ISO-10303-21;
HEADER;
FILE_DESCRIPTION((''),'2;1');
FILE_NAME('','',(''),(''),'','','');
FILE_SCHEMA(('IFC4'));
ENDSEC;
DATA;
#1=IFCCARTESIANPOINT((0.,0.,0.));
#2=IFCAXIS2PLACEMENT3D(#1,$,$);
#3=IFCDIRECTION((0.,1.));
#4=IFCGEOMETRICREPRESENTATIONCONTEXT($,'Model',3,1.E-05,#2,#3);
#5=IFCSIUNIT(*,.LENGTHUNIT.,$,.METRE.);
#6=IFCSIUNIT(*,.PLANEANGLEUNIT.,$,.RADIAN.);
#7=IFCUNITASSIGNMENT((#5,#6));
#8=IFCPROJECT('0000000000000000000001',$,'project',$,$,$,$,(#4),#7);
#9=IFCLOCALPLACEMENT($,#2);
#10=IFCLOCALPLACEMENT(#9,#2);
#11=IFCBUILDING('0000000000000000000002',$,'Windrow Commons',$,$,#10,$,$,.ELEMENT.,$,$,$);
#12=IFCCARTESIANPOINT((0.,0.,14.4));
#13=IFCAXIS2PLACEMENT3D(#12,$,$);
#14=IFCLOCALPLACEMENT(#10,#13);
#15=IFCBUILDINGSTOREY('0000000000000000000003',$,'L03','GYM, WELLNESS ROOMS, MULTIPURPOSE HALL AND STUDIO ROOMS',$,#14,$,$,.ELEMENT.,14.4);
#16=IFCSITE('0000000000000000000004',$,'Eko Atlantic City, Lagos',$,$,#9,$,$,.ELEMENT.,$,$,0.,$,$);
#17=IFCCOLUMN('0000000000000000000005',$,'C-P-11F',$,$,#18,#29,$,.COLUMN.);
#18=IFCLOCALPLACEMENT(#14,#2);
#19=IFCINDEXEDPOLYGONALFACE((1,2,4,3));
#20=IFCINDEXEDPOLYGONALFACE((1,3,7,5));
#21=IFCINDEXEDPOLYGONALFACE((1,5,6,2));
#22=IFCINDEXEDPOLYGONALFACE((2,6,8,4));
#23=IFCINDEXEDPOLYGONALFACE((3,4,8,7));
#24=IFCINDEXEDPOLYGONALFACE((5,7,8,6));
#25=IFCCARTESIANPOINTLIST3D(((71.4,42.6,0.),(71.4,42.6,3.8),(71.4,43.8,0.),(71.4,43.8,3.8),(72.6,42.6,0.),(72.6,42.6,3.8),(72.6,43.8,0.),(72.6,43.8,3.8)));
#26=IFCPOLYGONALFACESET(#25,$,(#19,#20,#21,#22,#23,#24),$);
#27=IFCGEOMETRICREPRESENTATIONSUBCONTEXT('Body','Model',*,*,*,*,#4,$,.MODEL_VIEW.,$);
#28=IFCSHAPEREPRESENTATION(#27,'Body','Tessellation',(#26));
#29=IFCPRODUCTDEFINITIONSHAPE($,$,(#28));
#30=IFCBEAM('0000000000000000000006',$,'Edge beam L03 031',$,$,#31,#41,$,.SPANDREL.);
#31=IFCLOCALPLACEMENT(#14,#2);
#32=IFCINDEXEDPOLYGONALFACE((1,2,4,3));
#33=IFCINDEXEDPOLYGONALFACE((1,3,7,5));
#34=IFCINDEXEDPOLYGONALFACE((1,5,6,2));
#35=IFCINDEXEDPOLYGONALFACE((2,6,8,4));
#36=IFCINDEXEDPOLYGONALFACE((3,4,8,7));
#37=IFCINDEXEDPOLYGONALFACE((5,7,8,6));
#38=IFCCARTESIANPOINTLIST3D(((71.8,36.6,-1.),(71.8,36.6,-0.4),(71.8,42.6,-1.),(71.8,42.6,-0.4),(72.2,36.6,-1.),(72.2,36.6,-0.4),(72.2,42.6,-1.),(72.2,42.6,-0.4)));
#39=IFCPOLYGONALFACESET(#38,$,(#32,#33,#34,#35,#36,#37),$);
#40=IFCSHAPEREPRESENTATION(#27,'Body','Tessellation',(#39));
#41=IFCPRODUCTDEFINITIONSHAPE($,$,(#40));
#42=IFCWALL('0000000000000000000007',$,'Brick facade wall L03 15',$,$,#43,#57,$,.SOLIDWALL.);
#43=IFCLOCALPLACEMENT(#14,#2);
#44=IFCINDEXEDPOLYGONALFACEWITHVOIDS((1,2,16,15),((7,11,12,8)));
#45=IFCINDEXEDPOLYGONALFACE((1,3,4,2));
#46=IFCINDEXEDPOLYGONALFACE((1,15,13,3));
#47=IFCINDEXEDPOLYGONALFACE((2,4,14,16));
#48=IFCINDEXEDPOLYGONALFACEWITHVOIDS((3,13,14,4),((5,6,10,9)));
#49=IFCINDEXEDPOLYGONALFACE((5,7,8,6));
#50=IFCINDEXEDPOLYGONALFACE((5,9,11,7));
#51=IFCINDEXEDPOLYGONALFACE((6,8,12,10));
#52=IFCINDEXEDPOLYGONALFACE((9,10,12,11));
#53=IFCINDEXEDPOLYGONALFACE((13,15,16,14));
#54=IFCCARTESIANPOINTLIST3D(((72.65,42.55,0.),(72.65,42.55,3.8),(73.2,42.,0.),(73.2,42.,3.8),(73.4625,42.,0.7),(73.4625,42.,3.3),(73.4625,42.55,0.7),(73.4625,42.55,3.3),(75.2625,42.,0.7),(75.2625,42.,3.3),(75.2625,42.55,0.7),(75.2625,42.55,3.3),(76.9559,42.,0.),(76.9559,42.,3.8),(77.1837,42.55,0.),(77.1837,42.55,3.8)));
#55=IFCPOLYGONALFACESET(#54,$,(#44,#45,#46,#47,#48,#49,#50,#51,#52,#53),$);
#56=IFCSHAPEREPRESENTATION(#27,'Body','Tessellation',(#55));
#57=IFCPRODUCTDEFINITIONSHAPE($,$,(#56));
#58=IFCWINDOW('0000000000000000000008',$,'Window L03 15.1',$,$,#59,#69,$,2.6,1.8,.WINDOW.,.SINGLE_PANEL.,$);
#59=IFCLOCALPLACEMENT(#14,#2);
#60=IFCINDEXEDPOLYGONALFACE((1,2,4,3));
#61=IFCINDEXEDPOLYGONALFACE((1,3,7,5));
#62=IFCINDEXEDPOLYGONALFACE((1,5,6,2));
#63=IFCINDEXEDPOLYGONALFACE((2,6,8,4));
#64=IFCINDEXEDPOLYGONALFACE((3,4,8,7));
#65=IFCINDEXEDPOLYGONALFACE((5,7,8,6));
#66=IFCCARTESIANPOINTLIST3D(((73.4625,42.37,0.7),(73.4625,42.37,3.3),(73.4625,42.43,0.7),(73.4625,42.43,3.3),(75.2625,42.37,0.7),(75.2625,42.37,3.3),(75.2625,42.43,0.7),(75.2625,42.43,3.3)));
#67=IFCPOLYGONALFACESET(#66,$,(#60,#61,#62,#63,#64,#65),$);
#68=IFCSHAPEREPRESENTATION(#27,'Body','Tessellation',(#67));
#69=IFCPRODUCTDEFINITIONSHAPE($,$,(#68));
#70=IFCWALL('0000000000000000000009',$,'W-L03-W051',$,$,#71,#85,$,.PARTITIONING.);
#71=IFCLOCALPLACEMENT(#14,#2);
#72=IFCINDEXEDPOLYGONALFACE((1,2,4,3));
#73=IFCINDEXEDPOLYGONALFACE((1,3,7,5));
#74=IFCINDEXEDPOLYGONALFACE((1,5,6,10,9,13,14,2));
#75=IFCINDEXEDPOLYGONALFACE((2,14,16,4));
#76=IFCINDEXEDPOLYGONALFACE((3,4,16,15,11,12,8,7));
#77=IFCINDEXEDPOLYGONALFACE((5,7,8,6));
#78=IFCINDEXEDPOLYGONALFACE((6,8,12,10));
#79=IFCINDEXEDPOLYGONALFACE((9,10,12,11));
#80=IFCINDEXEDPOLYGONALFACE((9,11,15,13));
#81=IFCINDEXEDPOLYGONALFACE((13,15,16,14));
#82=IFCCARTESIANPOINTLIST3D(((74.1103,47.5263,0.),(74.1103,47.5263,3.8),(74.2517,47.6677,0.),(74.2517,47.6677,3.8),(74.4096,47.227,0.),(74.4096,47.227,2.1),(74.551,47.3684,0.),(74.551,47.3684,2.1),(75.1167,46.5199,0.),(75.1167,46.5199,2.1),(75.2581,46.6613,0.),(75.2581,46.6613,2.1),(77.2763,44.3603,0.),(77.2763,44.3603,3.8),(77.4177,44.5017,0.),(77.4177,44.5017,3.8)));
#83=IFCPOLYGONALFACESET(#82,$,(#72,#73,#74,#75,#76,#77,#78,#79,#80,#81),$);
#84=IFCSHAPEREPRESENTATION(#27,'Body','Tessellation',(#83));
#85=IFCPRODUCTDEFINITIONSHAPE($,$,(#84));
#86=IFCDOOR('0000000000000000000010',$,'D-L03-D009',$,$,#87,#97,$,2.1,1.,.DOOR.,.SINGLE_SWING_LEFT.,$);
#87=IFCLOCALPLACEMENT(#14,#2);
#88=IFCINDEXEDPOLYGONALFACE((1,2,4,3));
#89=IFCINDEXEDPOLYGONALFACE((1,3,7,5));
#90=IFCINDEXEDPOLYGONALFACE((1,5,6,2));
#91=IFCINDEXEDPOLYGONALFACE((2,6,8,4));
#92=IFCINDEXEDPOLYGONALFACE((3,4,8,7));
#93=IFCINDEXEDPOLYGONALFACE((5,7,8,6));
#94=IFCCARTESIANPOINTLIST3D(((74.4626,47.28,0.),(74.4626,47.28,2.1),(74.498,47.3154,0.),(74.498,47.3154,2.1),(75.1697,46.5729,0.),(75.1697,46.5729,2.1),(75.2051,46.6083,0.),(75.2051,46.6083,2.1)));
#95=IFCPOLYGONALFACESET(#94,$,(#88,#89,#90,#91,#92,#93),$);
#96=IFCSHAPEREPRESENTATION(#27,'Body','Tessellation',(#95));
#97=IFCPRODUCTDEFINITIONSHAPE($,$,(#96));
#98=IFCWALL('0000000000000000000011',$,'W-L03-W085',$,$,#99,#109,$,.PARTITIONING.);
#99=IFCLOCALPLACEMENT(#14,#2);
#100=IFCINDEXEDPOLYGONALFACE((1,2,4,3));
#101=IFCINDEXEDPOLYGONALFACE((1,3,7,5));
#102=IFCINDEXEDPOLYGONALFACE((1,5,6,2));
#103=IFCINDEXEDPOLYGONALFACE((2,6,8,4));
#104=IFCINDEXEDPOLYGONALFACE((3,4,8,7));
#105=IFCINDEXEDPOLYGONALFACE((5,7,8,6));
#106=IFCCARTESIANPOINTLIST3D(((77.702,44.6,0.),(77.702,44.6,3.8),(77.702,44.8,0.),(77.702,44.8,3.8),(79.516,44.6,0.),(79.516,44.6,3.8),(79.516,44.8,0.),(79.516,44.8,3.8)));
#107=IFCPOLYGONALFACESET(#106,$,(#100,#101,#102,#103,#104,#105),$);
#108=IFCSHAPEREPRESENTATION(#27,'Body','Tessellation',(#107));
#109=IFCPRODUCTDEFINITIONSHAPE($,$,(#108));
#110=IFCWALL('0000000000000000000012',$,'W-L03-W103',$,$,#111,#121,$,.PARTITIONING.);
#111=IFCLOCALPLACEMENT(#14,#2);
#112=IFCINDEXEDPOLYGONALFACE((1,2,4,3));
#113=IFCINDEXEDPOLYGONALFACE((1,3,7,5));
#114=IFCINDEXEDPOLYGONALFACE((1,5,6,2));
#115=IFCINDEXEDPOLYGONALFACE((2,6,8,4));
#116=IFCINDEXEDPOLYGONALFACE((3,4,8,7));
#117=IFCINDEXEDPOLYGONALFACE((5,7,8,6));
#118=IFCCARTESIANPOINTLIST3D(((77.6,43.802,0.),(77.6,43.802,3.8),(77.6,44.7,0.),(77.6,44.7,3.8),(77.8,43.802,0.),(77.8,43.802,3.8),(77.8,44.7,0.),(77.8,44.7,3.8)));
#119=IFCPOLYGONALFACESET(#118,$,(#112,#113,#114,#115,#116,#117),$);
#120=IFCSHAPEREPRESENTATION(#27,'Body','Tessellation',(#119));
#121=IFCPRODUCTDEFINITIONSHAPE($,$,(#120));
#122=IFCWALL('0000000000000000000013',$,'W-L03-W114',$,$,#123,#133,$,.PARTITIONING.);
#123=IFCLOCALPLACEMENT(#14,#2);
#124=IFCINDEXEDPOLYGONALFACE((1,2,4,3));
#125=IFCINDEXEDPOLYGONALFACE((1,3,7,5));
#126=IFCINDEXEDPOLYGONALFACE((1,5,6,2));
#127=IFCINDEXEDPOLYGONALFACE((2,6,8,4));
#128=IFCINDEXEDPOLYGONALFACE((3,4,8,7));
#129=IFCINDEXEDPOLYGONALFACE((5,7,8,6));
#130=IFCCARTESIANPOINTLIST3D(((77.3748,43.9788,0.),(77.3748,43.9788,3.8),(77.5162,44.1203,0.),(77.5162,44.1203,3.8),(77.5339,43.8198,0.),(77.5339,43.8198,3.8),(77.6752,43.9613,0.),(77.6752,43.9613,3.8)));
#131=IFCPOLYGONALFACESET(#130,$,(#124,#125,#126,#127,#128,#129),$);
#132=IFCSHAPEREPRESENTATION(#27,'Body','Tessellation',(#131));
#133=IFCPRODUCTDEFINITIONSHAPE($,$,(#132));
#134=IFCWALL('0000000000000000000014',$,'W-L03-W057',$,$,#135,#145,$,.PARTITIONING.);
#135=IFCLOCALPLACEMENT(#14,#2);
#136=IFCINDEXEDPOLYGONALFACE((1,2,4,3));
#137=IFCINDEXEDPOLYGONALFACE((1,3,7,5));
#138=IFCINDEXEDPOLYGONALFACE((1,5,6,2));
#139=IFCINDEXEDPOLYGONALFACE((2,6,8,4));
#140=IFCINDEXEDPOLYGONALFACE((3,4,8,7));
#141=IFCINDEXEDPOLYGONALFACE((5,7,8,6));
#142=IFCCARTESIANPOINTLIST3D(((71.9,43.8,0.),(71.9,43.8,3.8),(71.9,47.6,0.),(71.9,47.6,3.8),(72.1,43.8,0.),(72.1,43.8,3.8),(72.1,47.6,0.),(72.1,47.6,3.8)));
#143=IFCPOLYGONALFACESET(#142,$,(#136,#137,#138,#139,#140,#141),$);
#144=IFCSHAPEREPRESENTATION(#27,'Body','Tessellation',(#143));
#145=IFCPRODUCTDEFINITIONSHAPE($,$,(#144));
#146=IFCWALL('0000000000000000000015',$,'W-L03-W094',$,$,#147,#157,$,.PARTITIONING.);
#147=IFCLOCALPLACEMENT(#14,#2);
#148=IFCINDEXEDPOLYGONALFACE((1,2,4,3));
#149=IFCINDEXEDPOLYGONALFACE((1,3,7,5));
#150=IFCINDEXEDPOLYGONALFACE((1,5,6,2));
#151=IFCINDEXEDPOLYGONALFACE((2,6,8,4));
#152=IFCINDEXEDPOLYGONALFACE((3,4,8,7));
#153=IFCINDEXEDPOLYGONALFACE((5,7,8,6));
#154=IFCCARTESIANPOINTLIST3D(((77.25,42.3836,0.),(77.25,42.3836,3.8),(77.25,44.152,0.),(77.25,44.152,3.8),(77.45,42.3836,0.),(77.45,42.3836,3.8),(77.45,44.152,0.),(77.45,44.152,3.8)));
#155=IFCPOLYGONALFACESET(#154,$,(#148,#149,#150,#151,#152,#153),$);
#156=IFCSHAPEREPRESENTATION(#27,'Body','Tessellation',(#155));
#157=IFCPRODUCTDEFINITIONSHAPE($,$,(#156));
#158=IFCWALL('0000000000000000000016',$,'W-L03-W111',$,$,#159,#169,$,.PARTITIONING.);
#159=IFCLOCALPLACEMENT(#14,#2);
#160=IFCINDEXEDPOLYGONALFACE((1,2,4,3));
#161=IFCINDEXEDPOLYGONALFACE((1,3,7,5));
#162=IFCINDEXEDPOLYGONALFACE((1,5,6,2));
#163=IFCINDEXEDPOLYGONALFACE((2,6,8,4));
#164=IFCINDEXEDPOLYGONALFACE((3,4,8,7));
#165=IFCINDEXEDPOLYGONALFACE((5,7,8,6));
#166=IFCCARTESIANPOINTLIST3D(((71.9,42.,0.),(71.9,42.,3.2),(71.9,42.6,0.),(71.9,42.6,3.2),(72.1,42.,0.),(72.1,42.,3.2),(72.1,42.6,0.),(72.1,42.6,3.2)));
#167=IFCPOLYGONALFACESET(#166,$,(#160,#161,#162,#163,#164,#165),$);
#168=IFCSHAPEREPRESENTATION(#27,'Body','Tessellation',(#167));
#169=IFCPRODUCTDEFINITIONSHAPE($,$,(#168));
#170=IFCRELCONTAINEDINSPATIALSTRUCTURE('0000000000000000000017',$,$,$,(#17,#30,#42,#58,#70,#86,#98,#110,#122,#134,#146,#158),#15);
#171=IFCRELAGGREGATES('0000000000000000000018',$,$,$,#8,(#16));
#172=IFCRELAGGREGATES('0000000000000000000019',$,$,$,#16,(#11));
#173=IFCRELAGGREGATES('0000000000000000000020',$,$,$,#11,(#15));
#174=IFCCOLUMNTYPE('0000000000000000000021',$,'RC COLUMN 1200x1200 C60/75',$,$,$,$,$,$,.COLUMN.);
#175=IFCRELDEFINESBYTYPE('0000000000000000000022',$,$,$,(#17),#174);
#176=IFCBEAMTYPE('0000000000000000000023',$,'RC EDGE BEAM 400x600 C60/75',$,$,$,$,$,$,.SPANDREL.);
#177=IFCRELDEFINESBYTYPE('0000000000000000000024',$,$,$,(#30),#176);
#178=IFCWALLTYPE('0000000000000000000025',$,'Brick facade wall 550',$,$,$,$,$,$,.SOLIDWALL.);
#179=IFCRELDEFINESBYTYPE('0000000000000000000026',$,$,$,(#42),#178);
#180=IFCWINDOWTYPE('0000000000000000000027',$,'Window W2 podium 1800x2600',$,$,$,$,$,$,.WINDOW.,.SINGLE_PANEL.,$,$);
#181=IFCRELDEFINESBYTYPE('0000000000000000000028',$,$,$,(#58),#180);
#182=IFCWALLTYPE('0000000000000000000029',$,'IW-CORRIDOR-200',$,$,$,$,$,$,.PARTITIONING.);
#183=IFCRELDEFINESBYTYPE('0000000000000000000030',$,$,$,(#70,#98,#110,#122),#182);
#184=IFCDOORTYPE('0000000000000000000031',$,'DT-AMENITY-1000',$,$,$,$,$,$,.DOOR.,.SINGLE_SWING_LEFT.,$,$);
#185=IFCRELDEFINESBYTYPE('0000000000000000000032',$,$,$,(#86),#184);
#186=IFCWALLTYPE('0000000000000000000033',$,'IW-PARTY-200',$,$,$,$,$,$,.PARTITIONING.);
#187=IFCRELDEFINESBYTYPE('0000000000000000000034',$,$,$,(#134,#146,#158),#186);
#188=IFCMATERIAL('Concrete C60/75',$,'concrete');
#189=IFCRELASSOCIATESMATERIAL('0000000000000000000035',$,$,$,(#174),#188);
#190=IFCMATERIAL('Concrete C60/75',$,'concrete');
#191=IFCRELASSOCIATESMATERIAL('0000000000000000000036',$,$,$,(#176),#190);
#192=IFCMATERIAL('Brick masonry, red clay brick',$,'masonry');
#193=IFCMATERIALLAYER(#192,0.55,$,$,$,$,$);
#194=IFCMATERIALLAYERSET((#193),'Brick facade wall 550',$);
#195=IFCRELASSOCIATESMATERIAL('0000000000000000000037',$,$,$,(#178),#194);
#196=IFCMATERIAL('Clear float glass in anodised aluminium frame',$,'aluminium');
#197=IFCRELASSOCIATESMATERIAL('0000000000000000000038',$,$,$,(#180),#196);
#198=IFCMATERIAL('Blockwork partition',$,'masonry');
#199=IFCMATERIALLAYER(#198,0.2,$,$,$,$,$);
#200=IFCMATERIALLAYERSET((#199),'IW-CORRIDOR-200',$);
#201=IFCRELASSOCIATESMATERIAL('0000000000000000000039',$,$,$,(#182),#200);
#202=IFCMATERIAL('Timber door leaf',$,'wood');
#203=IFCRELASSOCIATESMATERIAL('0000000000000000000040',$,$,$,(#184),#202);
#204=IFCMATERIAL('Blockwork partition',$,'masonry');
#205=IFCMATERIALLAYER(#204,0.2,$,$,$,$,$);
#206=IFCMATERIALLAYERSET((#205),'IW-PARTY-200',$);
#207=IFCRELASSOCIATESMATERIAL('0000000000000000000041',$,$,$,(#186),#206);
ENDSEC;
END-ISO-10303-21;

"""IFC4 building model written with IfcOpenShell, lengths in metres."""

from ifc_helpers import new_model, si_unit, direction, frame, frame_2d, origin, origin_2d, place, context, subcontext, project, spatial, polyline, rectangle, outline, extrude, material, layer, layer_set, material_profile, profile_set, type_object, element, fill, save


model = new_model("IFC4")

# Units and contexts
model_context = context("Model", 3, precision=1e-05, world=origin(), true_north=direction((0.0, 1.0)))
body_context = subcontext(model_context, "Body", "Model", "MODEL_VIEW")
ifc_project = project(units=[si_unit("LENGTHUNIT", "METRE"), si_unit("PLANEANGLEUNIT", "RADIAN")], contexts=[model_context])

# Site, building, storey
site_placement = place(None, origin())
site = spatial("IfcSite", under=ifc_project, at=site_placement, Name="Eko Atlantic City, Lagos", CompositionType="ELEMENT", RefElevation=0.0)
building_placement = place(site_placement, origin())
building = spatial("IfcBuilding", under=site, at=building_placement, Name="Windrow Commons", CompositionType="ELEMENT")
storey_placement = place(building_placement, frame((0.0, 0.0, 14.4)))
storey = spatial("IfcBuildingStorey", under=building, at=storey_placement, Name="L03", Description="GYM, WELLNESS ROOMS, MULTIPURPOSE HALL AND STUDIO ROOMS", CompositionType="ELEMENT", Elevation=14.4)

# Column
ifc_material_1 = material(Name="Concrete C60/75", Category="concrete")
ifc_material_profile_1 = material_profile(ifc_material_1, rectangle(XDim=1.2, YDim=1.2, at=origin_2d()))
ifc_profile_set_1 = profile_set([ifc_material_profile_1], Name="Concrete C60/75")
column_type = type_object("IfcColumnType", Name="RC COLUMN 1200x1200 C60/75", PredefinedType="COLUMN", material=ifc_profile_set_1)
column_placement = place(storey_placement, frame((72.0, 43.2, 0.0), z_axis=(0.0, 0.0, 1.0), x_axis=(1.0, 0.0, 0.0)))
element("IfcColumn", 1, at=column_placement, inside=storey, type_object=column_type, Name="C-P-11F", PredefinedType="COLUMN", context=body_context, shape_type="SweptSolid", body=[
    extrude(rectangle(XDim=1.2, YDim=1.2, at=origin_2d()), origin(), (0.0, 0.0, 1.0), 3.8),
])

# Beam
ifc_material_2 = material(Name="Concrete C60/75", Category="concrete")
ifc_material_profile_2 = material_profile(ifc_material_2, rectangle(XDim=0.4, YDim=0.6, at=origin_2d()))
ifc_profile_set_2 = profile_set([ifc_material_profile_2], Name="Concrete C60/75")
beam_type = type_object("IfcBeamType", Name="RC EDGE BEAM 400x600 C60/75", PredefinedType="SPANDREL", material=ifc_profile_set_2)
beam_placement = place(storey_placement, frame((72.0, 42.6, -0.7), z_axis=(0.0, -1.0, 0.0), x_axis=(1.0, 0.0, 0.0)))
element("IfcBeam", 2, at=beam_placement, inside=storey, type_object=beam_type, Name="Edge beam L03 031", PredefinedType="SPANDREL", context=body_context, shape_type="SweptSolid", body=[
    extrude(rectangle(XDim=0.4, YDim=0.6, at=origin_2d()), origin(), (0.0, 0.0, 1.0), 6.0),
])

# Wall, opening, window
ifc_material_3 = material(Name="Brick masonry, red clay brick", Category="masonry")
ifc_layer_1 = layer(ifc_material_3, 0.55)
ifc_layer_set_1 = layer_set([ifc_layer_1], Name="Brick facade wall 550")
wall_type_1 = type_object("IfcWallType", Name="Brick facade wall 550", PredefinedType="SOLIDWALL", material=ifc_layer_set_1)
wall_1_placement = place(storey_placement, frame((72.925, 42.275, 0.0), z_axis=(0.0, 0.0, 1.0), x_axis=(1.0, 0.0, 0.0)))
wall_1 = element("IfcWall", 3, at=wall_1_placement, inside=storey, type_object=wall_type_1, Name="Brick facade wall L03 15", PredefinedType="SOLIDWALL", context=body_context, shape_type="SweptSolid", body=[
    extrude(outline(polyline([(0.275, -0.275), (4.0309, -0.275), (4.2587, 0.275), (-0.275, 0.275), (0.275, -0.275)])), origin(), (0.0, 0.0, 1.0), 3.8),
])
opening_1_placement = place(wall_1_placement, frame((0.5375, 0.0, 0.7)))
opening_1 = element("IfcOpeningElement", 4, at=opening_1_placement, cuts=wall_1, PredefinedType="OPENING", context=body_context, shape_type="SweptSolid", body=[
    extrude(rectangle(XDim=1.8, YDim=2.6, at=frame_2d((0.9, 1.3))), frame((0.0, 0.285, 0.0), z_axis=(0.0, -1.0, 0.0), x_axis=(1.0, 0.0, 0.0)), (0.0, 0.0, 1.0), 0.57),
])
ifc_material_4 = material(Name="Clear float glass in anodised aluminium frame", Category="aluminium")
window_type = type_object("IfcWindowType", Name="Window W2 podium 1800x2600", PartitioningType="SINGLE_PANEL", PredefinedType="WINDOW", material=ifc_material_4)
window_1_placement = place(opening_1_placement, origin())
window_1 = element("IfcWindow", 5, at=window_1_placement, inside=storey, type_object=window_type, Name="Window L03 15.1", OverallHeight=2.6, OverallWidth=1.8, PartitioningType="SINGLE_PANEL", PredefinedType="WINDOW", context=body_context, shape_type="SweptSolid", body=[
    extrude(rectangle(XDim=1.8, YDim=2.6, at=frame_2d((0.9, 1.3))), frame((0.0, 0.155, 0.0), z_axis=(0.0, -1.0, 0.0), x_axis=(1.0, 0.0, 0.0)), (0.0, 0.0, 1.0), 0.06),
])
fill(opening_1, window_1)

# Wall, opening, door
ifc_material_5 = material(Name="Blockwork partition", Category="masonry")
ifc_layer_2 = layer(ifc_material_5, 0.2)
ifc_layer_set_2 = layer_set([ifc_layer_2], Name="IW-CORRIDOR-200")
wall_type_2 = type_object("IfcWallType", Name="IW-CORRIDOR-200", PredefinedType="PARTITIONING", material=ifc_layer_set_2)
wall_2_placement = place(storey_placement, frame((74.181, 47.597, 0.0), z_axis=(0.0, 0.0, 1.0), x_axis=(0.707107, -0.707107, 0.0)))
wall_2 = element("IfcWall", 6, at=wall_2_placement, inside=storey, type_object=wall_type_2, Name="W-L03-W051", PredefinedType="PARTITIONING", context=body_context, shape_type="SweptSolid", body=[
    extrude(rectangle(XDim=4.4774, YDim=0.2, at=frame_2d((2.2387, 0.0))), origin(), (0.0, 0.0, 1.0), 3.8),
])
opening_2_placement = place(wall_2_placement, frame((0.4233, 0.0, 0.0)))
opening_2 = element("IfcOpeningElement", 7, at=opening_2_placement, cuts=wall_2, PredefinedType="OPENING", context=body_context, shape_type="SweptSolid", body=[
    extrude(rectangle(XDim=1.0, YDim=2.1, at=frame_2d((0.5, 1.05))), frame((0.0, 0.11, 0.0), z_axis=(0.0, -1.0, 0.0), x_axis=(1.0, 0.0, 0.0)), (0.0, 0.0, 1.0), 0.22),
])
ifc_material_6 = material(Name="Timber door leaf", Category="wood")
door_type = type_object("IfcDoorType", Name="DT-AMENITY-1000", OperationType="SINGLE_SWING_LEFT", PredefinedType="DOOR", material=ifc_material_6)
door_placement = place(opening_2_placement, origin())
door = element("IfcDoor", 8, at=door_placement, inside=storey, type_object=door_type, Name="D-L03-D009", OperationType="SINGLE_SWING_LEFT", OverallHeight=2.1, OverallWidth=1.0, PredefinedType="DOOR", context=body_context, shape_type="SweptSolid", body=[
    extrude(rectangle(XDim=1.0, YDim=2.1, at=frame_2d((0.5, 1.05))), frame((0.0, 0.025, 0.0), z_axis=(0.0, -1.0, 0.0), x_axis=(1.0, 0.0, 0.0)), (0.0, 0.0, 1.0), 0.05),
])
fill(opening_2, door)

# Walls
wall_3_placement = place(storey_placement, frame((77.702, 44.7, 0.0), z_axis=(0.0, 0.0, 1.0), x_axis=(1.0, 0.0, 0.0)))
element("IfcWall", 9, at=wall_3_placement, inside=storey, type_object=wall_type_2, Name="W-L03-W085", PredefinedType="PARTITIONING", context=body_context, shape_type="SweptSolid", body=[
    extrude(rectangle(XDim=1.814, YDim=0.2, at=frame_2d((0.907, 0.0))), origin(), (0.0, 0.0, 1.0), 3.8),
])
wall_4_placement = place(storey_placement, frame((77.7, 43.802, 0.0), z_axis=(0.0, 0.0, 1.0), x_axis=(0.0, 1.0, 0.0)))
element("IfcWall", 10, at=wall_4_placement, inside=storey, type_object=wall_type_2, Name="W-L03-W103", PredefinedType="PARTITIONING", context=body_context, shape_type="SweptSolid", body=[
    extrude(rectangle(XDim=0.898, YDim=0.2, at=frame_2d((0.449, 0.0))), origin(), (0.0, 0.0, 1.0), 3.8),
])
wall_5_placement = place(storey_placement, frame((77.4455, 44.0495, 0.0), z_axis=(0.0, 0.0, 1.0), x_axis=(0.707329, -0.706884, 0.0)))
element("IfcWall", 11, at=wall_5_placement, inside=storey, type_object=wall_type_2, Name="W-L03-W114", PredefinedType="PARTITIONING", context=body_context, shape_type="SweptSolid", body=[
    extrude(rectangle(XDim=0.2249, YDim=0.2, at=frame_2d((0.1124, 0.0))), origin(), (0.0, 0.0, 1.0), 3.8),
])
ifc_material_7 = material(Name="Blockwork partition", Category="masonry")
ifc_layer_3 = layer(ifc_material_7, 0.2)
ifc_layer_set_3 = layer_set([ifc_layer_3], Name="IW-PARTY-200")
wall_type_3 = type_object("IfcWallType", Name="IW-PARTY-200", PredefinedType="PARTITIONING", material=ifc_layer_set_3)
wall_6_placement = place(storey_placement, frame((72.0, 43.8, 0.0), z_axis=(0.0, 0.0, 1.0), x_axis=(0.0, 1.0, 0.0)))
element("IfcWall", 12, at=wall_6_placement, inside=storey, type_object=wall_type_3, Name="W-L03-W057", PredefinedType="PARTITIONING", context=body_context, shape_type="SweptSolid", body=[
    extrude(rectangle(XDim=3.8, YDim=0.2, at=frame_2d((1.9, 0.0))), origin(), (0.0, 0.0, 1.0), 3.8),
])
wall_7_placement = place(storey_placement, frame((77.35, 42.3837, 0.0), z_axis=(0.0, 0.0, 1.0), x_axis=(0.0, 1.0, 0.0)))
element("IfcWall", 13, at=wall_7_placement, inside=storey, type_object=wall_type_3, Name="W-L03-W094", PredefinedType="PARTITIONING", context=body_context, shape_type="SweptSolid", body=[
    extrude(rectangle(XDim=1.7683, YDim=0.2, at=frame_2d((0.8841, 0.0))), origin(), (0.0, 0.0, 1.0), 3.8),
])
wall_8_placement = place(storey_placement, frame((72.0, 42.0, 0.0), z_axis=(0.0, 0.0, 1.0), x_axis=(0.0, 1.0, 0.0)))
element("IfcWall", 14, at=wall_8_placement, inside=storey, type_object=wall_type_3, Name="W-L03-W111", PredefinedType="PARTITIONING", context=body_context, shape_type="SweptSolid", body=[
    extrude(rectangle(XDim=0.6, YDim=0.2, at=frame_2d((0.3, 0.0))), origin(), (0.0, 0.0, 1.0), 3.2),
])

save(model, "model.ifc")
